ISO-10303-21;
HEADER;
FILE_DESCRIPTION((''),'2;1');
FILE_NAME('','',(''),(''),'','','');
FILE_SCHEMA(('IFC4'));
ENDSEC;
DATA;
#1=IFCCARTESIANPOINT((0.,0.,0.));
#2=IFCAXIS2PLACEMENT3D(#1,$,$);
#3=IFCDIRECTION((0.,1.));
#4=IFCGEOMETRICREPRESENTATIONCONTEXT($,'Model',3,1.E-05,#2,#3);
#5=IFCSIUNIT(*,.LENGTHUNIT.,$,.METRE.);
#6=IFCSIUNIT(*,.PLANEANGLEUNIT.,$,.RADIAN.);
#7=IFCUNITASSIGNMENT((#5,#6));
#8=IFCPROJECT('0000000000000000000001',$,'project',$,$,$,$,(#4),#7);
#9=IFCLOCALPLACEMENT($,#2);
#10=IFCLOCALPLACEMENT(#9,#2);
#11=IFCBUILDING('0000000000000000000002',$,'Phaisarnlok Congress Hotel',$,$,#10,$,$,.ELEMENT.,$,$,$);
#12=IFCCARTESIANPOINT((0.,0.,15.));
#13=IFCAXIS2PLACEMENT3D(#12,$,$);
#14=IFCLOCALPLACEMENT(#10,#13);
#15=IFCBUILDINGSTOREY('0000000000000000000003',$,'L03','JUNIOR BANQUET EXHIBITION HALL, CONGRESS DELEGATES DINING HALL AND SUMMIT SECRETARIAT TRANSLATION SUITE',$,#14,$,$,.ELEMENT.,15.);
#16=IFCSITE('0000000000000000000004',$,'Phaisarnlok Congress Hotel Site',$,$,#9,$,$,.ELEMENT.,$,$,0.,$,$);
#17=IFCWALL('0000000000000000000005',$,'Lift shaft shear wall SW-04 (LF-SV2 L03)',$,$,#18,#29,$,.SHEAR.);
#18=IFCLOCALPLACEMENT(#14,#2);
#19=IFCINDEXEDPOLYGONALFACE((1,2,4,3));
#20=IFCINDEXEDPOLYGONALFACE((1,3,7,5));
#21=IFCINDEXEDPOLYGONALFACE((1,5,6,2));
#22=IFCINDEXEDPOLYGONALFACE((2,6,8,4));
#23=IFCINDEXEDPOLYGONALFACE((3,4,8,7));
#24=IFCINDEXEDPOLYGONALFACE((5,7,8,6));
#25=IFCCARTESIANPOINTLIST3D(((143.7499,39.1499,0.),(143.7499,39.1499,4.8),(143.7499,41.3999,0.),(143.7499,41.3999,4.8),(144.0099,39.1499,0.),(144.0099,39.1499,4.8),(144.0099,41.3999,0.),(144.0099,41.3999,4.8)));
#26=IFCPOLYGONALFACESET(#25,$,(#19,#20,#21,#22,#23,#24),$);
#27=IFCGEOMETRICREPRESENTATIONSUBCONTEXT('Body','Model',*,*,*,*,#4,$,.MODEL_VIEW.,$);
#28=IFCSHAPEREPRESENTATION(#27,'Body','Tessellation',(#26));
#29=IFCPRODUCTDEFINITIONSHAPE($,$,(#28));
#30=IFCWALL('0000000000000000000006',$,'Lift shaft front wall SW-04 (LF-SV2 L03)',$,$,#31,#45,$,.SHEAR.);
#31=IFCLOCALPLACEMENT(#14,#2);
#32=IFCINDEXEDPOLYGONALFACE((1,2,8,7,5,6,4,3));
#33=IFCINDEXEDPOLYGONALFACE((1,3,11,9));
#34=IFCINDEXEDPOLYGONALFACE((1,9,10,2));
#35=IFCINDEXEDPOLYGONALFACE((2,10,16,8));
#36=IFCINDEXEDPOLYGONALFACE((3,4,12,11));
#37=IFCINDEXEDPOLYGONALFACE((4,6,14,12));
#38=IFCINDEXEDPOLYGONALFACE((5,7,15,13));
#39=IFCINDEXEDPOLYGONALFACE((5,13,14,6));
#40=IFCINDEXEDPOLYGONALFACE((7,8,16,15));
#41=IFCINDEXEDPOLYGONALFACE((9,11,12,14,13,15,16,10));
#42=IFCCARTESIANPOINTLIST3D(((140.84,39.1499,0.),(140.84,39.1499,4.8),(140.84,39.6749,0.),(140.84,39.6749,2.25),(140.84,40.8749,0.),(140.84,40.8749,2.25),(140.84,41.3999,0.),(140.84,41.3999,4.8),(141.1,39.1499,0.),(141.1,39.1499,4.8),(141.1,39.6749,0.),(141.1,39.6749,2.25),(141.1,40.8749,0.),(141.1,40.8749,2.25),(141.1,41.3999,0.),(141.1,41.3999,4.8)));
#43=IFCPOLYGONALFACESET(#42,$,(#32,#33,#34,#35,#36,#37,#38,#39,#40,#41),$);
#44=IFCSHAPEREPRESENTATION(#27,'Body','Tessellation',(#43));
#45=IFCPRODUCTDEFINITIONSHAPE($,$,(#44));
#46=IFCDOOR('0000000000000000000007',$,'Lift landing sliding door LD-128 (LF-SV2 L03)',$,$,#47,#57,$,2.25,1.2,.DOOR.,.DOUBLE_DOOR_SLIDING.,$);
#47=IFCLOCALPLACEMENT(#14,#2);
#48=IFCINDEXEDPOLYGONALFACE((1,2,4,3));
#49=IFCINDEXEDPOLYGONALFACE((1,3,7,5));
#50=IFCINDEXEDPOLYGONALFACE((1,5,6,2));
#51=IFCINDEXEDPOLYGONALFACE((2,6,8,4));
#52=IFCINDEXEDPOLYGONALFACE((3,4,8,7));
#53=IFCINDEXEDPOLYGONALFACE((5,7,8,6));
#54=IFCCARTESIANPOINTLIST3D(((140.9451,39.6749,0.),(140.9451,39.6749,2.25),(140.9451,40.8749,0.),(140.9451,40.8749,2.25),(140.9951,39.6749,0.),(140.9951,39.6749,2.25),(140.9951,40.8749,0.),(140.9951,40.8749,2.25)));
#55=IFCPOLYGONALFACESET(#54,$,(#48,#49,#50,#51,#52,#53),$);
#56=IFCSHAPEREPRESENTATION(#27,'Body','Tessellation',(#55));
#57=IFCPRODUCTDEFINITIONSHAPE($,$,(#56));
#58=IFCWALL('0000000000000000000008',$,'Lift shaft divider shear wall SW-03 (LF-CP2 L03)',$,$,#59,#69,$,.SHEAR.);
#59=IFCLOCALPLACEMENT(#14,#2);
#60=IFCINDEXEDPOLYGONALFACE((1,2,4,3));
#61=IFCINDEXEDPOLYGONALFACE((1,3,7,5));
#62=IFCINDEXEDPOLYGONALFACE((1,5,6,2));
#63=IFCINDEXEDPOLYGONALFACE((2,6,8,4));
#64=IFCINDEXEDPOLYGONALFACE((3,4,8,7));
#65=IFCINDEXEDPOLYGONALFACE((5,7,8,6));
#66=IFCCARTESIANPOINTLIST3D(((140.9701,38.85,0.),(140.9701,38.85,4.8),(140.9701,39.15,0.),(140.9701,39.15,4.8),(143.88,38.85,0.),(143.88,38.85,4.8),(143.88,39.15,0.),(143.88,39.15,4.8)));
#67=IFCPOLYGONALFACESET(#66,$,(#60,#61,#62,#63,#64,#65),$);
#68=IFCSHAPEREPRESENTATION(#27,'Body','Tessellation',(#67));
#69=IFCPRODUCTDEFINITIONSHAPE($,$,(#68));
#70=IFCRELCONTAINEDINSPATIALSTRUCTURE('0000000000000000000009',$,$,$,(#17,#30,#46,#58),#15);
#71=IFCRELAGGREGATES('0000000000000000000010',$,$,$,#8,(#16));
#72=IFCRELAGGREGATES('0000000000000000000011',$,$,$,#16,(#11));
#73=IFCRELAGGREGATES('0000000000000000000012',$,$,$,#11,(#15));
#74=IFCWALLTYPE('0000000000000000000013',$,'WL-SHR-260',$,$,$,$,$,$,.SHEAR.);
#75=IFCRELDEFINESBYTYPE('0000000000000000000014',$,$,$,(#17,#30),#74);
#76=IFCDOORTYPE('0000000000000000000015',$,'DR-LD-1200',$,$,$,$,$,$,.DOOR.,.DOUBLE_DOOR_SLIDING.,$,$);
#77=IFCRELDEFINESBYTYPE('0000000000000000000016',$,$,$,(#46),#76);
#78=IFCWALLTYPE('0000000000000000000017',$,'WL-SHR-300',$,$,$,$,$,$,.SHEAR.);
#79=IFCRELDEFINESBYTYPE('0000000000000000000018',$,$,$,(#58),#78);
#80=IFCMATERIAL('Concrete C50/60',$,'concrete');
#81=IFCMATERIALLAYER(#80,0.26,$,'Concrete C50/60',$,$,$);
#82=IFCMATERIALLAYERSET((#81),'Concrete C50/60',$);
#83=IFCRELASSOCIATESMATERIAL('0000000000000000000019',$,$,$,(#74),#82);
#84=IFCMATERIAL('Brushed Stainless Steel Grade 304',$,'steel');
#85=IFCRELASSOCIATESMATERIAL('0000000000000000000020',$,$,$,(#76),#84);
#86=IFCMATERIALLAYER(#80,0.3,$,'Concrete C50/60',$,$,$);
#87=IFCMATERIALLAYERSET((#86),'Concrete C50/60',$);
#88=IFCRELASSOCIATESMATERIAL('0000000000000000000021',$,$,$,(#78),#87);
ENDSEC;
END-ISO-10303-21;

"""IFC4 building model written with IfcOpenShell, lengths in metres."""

from ifc_helpers import new_model, si_unit, direction, frame, frame_2d, origin, place, context, subcontext, project, spatial, rectangle, extrude, material, layer, layer_set, type_object, element, fill, save


model = new_model("IFC4")

# Units and contexts
model_context = context("Model", 3, precision=1e-05, world=origin(), true_north=direction((0.0, 1.0)))
body_context = subcontext(model_context, "Body", "Model", "MODEL_VIEW")
ifc_project = project(units=[si_unit("LENGTHUNIT", "METRE"), si_unit("PLANEANGLEUNIT", "RADIAN")], contexts=[model_context])

# Site, building, storey
site_placement = place(None, origin())
site = spatial("IfcSite", under=ifc_project, at=site_placement, Name="Phaisarnlok Congress Hotel Site", CompositionType="ELEMENT", RefElevation=0.0)
building_placement = place(site_placement, origin())
building = spatial("IfcBuilding", under=site, at=building_placement, Name="Phaisarnlok Congress Hotel", CompositionType="ELEMENT")
storey_placement = place(building_placement, frame((0.0, 0.0, 15.0)))
storey = spatial("IfcBuildingStorey", under=building, at=storey_placement, Name="L03", Description="JUNIOR BANQUET EXHIBITION HALL, CONGRESS DELEGATES DINING HALL AND SUMMIT SECRETARIAT TRANSLATION SUITE", CompositionType="ELEMENT", Elevation=15.0)

# Shared definitions
ifc_material_1 = material(Name="Concrete C50/60", Category="concrete")

# Shared definitions
ifc_layer_1 = layer(ifc_material_1, 0.26, Name="Concrete C50/60")
ifc_layer_set_1 = layer_set([ifc_layer_1], Name="Concrete C50/60")
wall_type_1 = type_object("IfcWallType", Name="WL-SHR-260", PredefinedType="SHEAR", material=ifc_layer_set_1)

# Shared definitions
ifc_material_2 = material(Name="Brushed Stainless Steel Grade 304", Category="steel")

# Wall
wall_1_placement = place(storey_placement, frame((143.8799, 39.1499, 0.0), z_axis=(0.0, 0.0, 1.0), x_axis=(0.0, 1.0, 0.0)))
element("IfcWall", 1, at=wall_1_placement, inside=storey, type_object=wall_type_1, Name="Lift shaft shear wall SW-04 (LF-SV2 L03)", PredefinedType="SHEAR", context=body_context, shape_type="SweptSolid", body=[
    extrude(rectangle(XDim=2.25, YDim=0.26, at=frame_2d((1.125, 0.0))), origin(), (0.0, 0.0, 1.0), 4.8),
])

# Wall, opening, door
wall_2_placement = place(storey_placement, frame((140.97, 39.1499, 0.0), z_axis=(0.0, 0.0, 1.0), x_axis=(0.0, 1.0, 0.0)))
wall_2 = element("IfcWall", 2, at=wall_2_placement, inside=storey, type_object=wall_type_1, Name="Lift shaft front wall SW-04 (LF-SV2 L03)", PredefinedType="SHEAR", context=body_context, shape_type="SweptSolid", body=[
    extrude(rectangle(XDim=2.25, YDim=0.26, at=frame_2d((1.125, 0.0))), origin(), (0.0, 0.0, 1.0), 4.8),
])
opening_1_placement = place(wall_2_placement, frame((0.5249, 0.0, 0.0)))
opening_1 = element("IfcOpeningElement", 3, at=opening_1_placement, cuts=wall_2, PredefinedType="OPENING", context=body_context, shape_type="SweptSolid", body=[
    extrude(rectangle(XDim=1.2, YDim=2.25, at=frame_2d((0.6001, 1.125))), frame((0.0, 0.1401, 0.0), z_axis=(0.0, -1.0, 0.0), x_axis=(1.0, 0.0, 0.0)), (0.0, 0.0, 1.0), 0.28),
])
door_type_1 = type_object("IfcDoorType", Name="DR-LD-1200", OperationType="DOUBLE_DOOR_SLIDING", PredefinedType="DOOR", material=ifc_material_2)
door_1_placement = place(opening_1_placement, origin())
door_1 = element("IfcDoor", 4, at=door_1_placement, inside=storey, type_object=door_type_1, Name="Lift landing sliding door LD-128 (LF-SV2 L03)", OperationType="DOUBLE_DOOR_SLIDING", OverallHeight=2.25, OverallWidth=1.2, PredefinedType="DOOR", context=body_context, shape_type="SweptSolid", body=[
    extrude(rectangle(XDim=1.2, YDim=2.25, at=frame_2d((0.6001, 1.125))), frame((0.0, 0.0249, 0.0), z_axis=(0.0, -1.0, 0.0), x_axis=(1.0, 0.0, 0.0)), (0.0, 0.0, 1.0), 0.05),
])
fill(opening_1, door_1)

# Wall
ifc_layer_2 = layer(ifc_material_1, 0.3, Name="Concrete C50/60")
ifc_layer_set_2 = layer_set([ifc_layer_2], Name="Concrete C50/60")
wall_type_2 = type_object("IfcWallType", Name="WL-SHR-300", PredefinedType="SHEAR", material=ifc_layer_set_2)
wall_3_placement = place(storey_placement, frame((140.97, 39.0, 0.0), z_axis=(0.0, 0.0, 1.0), x_axis=(1.0, 0.0, 0.0)))
element("IfcWall", 5, at=wall_3_placement, inside=storey, type_object=wall_type_2, Name="Lift shaft divider shear wall SW-03 (LF-CP2 L03)", PredefinedType="SHEAR", context=body_context, shape_type="SweptSolid", body=[
    extrude(rectangle(XDim=2.9099, YDim=0.3, at=frame_2d((1.4551, 0.0))), origin(), (0.0, 0.0, 1.0), 4.8),
])

save(model, "model.ifc")
